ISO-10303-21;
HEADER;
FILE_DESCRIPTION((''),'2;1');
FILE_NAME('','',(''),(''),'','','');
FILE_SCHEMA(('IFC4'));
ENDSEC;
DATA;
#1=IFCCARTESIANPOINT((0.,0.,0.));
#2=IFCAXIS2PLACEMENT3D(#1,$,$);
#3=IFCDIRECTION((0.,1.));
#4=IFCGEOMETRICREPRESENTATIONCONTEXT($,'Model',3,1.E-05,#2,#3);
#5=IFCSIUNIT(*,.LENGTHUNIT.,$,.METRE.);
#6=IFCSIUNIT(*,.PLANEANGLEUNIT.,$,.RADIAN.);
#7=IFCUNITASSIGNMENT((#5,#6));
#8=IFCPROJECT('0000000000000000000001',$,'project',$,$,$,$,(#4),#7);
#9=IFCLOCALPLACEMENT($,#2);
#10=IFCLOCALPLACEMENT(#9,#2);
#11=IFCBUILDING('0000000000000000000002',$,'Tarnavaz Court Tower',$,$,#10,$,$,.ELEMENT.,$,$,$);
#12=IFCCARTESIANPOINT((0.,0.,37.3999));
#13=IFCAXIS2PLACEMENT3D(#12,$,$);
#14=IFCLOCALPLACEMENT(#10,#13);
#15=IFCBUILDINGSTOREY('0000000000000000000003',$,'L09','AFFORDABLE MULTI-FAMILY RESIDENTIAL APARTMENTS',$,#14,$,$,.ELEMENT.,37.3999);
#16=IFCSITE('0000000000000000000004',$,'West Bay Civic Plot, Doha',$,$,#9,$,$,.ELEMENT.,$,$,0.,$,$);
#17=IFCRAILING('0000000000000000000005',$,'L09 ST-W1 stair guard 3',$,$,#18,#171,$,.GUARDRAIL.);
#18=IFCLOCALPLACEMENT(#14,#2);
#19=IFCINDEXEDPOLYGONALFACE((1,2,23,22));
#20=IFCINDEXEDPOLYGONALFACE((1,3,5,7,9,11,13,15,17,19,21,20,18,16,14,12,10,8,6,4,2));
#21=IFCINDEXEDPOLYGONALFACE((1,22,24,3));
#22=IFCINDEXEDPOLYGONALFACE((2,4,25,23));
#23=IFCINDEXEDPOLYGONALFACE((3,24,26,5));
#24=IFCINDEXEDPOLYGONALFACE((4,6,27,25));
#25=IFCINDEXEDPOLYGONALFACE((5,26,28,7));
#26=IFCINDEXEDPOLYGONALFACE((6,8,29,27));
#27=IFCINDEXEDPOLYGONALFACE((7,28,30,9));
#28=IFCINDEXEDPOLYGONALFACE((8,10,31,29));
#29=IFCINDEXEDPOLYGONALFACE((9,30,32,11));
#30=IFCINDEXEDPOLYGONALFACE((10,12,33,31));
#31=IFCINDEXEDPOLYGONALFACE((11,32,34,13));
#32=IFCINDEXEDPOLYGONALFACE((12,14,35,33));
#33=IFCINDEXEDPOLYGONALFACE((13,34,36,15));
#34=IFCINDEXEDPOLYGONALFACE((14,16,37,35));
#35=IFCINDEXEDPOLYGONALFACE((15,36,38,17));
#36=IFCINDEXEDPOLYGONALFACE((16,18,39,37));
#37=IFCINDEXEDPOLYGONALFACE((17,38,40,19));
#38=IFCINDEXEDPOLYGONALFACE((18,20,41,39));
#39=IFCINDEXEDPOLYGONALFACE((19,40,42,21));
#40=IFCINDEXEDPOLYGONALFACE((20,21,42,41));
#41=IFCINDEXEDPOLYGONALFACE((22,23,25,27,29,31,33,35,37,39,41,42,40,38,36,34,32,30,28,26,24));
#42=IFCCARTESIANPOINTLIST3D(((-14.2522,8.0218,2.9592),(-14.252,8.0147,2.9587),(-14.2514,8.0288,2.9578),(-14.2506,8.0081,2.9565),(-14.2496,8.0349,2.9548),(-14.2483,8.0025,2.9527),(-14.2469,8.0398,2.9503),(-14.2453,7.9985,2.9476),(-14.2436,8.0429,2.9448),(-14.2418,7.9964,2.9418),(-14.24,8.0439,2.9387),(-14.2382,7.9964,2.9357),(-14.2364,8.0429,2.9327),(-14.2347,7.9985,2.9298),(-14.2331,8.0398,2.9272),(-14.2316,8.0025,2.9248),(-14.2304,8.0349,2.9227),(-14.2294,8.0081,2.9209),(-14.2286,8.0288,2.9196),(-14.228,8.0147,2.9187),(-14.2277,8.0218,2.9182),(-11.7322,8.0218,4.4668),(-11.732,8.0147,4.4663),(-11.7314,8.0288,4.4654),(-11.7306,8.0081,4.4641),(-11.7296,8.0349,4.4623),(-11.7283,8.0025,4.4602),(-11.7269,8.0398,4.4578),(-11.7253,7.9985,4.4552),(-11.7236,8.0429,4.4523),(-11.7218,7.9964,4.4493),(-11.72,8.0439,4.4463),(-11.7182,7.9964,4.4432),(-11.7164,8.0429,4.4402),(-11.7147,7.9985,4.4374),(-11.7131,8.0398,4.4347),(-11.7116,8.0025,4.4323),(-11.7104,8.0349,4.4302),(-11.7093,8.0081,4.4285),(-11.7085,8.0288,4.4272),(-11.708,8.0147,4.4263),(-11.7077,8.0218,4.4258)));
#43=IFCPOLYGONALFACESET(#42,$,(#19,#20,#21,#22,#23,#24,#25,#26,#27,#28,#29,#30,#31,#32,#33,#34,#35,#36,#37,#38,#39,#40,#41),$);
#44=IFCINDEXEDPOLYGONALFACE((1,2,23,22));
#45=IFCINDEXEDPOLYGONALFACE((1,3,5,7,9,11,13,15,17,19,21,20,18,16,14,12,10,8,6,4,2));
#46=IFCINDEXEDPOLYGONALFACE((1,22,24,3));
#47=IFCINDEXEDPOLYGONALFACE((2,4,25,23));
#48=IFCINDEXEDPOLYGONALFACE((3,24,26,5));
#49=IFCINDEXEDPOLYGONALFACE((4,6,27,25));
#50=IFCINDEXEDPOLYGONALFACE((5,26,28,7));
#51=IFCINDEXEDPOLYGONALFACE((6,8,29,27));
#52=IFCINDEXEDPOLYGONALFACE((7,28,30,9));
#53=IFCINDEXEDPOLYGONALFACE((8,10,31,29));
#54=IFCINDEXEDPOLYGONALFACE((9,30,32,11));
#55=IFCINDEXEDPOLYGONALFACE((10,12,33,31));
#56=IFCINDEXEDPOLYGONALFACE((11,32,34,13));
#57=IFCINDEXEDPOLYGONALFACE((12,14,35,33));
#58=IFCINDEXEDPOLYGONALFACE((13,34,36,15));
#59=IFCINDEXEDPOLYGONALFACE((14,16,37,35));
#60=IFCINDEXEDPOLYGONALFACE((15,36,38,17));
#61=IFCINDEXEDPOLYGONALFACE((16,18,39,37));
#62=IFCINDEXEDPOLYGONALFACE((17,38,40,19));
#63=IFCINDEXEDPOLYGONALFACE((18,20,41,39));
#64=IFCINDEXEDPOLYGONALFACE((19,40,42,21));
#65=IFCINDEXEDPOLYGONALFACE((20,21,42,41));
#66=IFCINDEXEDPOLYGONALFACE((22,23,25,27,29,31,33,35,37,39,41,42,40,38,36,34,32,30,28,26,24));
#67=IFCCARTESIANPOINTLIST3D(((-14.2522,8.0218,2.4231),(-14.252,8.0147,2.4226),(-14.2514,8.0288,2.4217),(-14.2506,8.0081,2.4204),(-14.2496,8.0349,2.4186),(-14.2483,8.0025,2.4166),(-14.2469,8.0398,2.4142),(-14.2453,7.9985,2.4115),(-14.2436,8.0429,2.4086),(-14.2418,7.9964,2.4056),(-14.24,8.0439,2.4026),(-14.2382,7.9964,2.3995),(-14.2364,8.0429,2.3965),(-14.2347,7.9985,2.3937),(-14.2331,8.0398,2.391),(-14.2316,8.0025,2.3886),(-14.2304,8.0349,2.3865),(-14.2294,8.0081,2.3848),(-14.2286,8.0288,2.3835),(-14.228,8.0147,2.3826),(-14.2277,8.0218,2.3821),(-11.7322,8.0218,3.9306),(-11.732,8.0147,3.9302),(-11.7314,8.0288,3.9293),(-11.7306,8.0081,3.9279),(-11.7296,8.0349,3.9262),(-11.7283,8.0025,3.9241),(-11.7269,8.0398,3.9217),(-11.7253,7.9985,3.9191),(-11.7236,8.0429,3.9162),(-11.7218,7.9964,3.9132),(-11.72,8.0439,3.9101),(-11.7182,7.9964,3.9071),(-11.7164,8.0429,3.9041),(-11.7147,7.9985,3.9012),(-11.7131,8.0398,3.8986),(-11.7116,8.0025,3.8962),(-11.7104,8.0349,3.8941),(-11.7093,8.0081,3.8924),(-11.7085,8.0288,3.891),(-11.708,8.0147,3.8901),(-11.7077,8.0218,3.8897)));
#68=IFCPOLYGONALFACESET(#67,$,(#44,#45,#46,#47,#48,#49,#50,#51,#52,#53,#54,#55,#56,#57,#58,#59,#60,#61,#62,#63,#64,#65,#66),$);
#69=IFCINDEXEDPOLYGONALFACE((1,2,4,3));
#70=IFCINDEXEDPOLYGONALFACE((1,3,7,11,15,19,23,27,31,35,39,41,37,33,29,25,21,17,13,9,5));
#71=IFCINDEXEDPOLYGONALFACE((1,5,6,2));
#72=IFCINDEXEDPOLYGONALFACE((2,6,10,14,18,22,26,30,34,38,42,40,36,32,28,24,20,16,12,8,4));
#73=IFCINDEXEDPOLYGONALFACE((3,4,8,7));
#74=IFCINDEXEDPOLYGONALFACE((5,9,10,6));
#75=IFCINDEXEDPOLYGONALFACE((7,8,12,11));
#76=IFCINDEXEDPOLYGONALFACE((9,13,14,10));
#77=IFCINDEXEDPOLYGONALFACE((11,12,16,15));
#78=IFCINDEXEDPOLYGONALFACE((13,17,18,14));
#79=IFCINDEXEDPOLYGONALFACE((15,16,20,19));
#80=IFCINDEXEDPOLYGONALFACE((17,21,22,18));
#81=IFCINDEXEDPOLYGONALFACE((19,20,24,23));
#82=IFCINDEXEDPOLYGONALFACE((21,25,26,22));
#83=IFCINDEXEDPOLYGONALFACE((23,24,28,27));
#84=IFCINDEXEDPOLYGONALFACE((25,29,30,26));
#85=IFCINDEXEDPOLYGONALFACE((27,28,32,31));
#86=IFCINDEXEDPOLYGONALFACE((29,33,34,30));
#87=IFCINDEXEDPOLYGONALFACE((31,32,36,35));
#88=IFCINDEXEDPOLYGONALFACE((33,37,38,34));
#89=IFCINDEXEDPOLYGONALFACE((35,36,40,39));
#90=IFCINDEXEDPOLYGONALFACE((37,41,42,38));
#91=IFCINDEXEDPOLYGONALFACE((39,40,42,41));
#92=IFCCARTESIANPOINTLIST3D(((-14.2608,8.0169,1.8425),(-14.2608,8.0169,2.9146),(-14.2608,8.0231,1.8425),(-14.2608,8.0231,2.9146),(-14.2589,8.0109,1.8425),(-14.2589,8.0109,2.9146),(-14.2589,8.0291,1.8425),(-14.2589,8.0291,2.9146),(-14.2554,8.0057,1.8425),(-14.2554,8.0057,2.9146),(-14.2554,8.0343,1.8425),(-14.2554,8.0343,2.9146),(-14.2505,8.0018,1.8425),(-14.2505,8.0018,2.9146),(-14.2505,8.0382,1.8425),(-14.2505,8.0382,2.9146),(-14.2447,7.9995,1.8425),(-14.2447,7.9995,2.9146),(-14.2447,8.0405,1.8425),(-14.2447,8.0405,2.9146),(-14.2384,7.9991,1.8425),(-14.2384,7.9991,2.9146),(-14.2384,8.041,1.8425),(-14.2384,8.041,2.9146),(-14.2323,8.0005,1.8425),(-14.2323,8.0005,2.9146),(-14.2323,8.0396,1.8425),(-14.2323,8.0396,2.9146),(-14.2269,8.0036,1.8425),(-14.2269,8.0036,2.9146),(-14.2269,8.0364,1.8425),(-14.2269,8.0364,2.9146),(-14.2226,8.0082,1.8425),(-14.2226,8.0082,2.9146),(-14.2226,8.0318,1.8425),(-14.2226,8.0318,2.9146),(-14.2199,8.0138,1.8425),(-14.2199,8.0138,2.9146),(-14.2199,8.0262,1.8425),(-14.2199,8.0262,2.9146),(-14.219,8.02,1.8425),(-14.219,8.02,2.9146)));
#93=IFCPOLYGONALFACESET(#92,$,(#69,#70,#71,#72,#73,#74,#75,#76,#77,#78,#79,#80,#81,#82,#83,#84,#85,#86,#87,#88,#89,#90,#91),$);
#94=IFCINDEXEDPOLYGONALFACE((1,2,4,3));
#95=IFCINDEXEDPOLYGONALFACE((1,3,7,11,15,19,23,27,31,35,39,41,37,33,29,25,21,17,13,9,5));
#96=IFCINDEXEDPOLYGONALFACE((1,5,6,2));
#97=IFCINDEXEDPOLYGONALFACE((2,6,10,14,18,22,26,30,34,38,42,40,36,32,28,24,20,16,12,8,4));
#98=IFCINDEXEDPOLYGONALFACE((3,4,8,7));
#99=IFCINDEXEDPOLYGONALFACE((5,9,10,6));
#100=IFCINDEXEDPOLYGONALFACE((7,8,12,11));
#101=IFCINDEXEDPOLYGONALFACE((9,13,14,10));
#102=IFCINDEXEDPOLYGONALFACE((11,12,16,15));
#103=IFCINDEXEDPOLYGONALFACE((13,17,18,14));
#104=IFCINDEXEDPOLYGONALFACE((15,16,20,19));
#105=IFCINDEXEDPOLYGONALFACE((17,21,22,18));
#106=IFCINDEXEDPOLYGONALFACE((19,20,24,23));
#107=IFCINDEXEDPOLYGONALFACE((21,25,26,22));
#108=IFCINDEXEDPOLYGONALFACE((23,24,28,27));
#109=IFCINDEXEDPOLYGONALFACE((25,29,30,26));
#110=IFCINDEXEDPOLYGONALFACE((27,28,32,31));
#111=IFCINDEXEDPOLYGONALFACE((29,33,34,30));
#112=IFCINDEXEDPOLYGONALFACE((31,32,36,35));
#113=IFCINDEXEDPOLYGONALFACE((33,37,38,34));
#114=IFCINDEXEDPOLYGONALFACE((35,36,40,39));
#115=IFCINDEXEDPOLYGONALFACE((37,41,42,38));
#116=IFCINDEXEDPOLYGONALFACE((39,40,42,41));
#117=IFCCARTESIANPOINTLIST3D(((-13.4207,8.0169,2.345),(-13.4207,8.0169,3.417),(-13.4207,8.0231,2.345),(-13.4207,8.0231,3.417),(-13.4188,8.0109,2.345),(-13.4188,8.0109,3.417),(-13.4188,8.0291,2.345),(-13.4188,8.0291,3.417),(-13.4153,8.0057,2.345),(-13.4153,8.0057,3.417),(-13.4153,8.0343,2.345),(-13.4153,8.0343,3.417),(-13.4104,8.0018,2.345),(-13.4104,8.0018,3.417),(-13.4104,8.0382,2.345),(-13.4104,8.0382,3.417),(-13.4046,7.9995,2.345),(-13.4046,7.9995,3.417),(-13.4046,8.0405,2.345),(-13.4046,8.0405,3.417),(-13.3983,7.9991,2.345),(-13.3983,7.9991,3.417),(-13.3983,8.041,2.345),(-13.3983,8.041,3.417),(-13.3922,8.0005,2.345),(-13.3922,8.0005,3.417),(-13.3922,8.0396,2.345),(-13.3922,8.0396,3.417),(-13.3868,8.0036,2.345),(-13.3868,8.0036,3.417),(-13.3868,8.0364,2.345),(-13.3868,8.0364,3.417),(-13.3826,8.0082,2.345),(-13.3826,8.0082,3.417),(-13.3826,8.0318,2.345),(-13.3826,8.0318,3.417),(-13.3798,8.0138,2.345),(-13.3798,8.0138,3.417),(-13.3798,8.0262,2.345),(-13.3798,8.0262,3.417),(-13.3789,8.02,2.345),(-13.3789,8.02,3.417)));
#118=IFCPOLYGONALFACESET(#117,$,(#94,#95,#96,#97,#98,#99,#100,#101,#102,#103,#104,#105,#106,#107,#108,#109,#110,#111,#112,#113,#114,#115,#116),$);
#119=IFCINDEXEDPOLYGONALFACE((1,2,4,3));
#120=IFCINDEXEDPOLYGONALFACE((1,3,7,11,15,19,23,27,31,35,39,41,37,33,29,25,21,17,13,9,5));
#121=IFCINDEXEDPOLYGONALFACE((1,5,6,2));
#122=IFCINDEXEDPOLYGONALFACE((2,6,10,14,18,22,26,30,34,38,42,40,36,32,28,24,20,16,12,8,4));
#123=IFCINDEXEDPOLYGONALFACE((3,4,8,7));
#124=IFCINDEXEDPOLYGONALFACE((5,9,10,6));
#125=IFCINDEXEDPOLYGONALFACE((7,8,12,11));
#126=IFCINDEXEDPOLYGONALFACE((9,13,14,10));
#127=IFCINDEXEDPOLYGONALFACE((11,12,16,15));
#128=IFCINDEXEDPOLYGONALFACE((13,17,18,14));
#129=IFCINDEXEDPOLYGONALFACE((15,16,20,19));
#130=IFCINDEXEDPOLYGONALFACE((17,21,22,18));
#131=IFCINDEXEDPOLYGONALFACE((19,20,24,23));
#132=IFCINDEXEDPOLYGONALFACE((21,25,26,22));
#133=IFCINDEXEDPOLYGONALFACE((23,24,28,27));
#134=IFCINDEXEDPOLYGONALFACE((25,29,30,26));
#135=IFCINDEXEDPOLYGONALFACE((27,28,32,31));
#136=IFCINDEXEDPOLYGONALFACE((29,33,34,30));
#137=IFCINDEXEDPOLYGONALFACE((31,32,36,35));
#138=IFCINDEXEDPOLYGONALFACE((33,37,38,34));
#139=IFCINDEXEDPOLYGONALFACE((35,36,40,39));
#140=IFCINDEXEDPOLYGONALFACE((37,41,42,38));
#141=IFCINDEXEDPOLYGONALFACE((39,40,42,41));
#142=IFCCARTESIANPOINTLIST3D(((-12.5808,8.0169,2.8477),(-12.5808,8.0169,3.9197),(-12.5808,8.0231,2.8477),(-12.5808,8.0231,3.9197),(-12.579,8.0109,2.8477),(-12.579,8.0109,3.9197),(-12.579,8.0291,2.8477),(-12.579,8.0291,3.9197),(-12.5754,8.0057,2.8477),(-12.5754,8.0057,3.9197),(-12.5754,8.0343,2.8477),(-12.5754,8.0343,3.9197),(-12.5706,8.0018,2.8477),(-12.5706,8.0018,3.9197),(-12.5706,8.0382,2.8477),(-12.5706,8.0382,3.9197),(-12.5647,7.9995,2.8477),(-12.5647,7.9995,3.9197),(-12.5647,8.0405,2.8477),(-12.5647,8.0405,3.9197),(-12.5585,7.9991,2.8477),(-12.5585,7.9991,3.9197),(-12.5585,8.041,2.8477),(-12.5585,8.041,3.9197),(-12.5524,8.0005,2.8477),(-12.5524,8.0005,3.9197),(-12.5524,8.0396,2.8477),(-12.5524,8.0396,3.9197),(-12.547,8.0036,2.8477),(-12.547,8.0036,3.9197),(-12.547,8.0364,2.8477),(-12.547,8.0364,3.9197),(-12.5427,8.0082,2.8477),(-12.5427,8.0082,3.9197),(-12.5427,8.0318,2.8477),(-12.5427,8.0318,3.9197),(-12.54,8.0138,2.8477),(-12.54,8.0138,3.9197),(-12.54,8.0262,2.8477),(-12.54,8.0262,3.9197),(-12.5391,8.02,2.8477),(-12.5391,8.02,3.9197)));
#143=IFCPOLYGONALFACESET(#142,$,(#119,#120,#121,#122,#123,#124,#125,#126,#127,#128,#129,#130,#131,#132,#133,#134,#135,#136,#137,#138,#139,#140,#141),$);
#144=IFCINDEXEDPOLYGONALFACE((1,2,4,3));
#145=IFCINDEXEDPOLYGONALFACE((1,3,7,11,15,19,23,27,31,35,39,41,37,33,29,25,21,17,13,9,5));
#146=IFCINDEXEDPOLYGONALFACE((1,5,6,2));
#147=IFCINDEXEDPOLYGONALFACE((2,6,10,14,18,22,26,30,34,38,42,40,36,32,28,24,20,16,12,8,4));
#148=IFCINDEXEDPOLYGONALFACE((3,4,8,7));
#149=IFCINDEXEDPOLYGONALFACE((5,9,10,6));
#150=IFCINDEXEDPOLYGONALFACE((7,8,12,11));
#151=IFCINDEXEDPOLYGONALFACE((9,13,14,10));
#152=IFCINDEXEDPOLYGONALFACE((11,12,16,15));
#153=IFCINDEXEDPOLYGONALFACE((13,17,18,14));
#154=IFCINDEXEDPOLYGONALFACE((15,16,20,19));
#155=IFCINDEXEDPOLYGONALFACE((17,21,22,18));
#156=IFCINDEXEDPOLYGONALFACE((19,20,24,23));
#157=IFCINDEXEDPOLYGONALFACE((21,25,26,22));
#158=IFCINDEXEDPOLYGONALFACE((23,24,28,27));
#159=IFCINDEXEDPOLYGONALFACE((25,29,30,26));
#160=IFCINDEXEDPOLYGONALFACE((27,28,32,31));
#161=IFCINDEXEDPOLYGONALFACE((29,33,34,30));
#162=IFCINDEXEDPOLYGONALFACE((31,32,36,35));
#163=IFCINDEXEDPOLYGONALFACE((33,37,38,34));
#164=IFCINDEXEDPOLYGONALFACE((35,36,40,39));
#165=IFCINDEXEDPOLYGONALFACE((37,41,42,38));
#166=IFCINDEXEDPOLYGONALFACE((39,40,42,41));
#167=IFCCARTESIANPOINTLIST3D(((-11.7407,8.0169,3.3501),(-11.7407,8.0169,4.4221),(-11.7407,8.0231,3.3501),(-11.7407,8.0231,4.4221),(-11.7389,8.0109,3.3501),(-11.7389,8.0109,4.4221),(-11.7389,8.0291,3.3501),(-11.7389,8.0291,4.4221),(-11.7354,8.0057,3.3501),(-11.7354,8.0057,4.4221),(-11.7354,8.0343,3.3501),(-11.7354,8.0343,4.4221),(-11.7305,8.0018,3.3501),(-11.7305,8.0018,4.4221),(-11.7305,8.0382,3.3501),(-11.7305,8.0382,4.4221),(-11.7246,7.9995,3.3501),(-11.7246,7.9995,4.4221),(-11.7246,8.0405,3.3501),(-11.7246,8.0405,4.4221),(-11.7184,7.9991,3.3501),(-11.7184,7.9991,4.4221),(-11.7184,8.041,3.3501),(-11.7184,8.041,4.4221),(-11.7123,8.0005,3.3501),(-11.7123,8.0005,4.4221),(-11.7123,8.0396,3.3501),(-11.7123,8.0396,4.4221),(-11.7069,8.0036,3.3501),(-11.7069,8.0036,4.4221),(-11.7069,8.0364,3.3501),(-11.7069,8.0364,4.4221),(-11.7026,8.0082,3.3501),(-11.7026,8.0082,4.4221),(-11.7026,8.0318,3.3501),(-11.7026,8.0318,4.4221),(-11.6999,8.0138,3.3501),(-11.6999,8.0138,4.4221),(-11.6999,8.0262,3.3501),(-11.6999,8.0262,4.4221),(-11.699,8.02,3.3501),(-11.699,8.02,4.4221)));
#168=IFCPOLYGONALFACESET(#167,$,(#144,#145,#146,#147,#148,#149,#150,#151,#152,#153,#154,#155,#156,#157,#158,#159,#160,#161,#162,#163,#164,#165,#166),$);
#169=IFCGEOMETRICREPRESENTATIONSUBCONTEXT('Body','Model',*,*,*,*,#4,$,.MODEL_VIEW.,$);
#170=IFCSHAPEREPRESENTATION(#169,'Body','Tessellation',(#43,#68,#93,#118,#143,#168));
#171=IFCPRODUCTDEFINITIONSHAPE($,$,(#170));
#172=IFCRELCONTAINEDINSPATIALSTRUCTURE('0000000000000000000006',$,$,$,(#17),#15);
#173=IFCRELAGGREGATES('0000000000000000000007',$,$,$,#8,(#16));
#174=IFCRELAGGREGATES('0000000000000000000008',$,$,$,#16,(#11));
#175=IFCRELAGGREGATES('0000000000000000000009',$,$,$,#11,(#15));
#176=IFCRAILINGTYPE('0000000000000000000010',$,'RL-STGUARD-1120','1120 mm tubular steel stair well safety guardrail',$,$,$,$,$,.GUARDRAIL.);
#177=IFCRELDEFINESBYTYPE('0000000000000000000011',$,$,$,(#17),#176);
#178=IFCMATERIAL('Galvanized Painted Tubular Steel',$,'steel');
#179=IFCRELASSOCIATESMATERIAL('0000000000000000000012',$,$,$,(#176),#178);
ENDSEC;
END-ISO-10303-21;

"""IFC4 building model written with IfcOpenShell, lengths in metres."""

from ifc_helpers import new_model, si_unit, direction, frame, origin, origin_2d, place, context, subcontext, project, spatial, circle, extrude, material, type_object, element, save


model = new_model("IFC4")

# Units and contexts
model_context = context("Model", 3, precision=1e-05, world=origin(), true_north=direction((0.0, 1.0)))
body_context = subcontext(model_context, "Body", "Model", "MODEL_VIEW")
ifc_project = project(units=[si_unit("LENGTHUNIT", "METRE"), si_unit("PLANEANGLEUNIT", "RADIAN")], contexts=[model_context])

# Site, building, storey
site_placement = place(None, origin())
site = spatial("IfcSite", under=ifc_project, at=site_placement, Name="West Bay Civic Plot, Doha", CompositionType="ELEMENT", RefElevation=0.0)
building_placement = place(site_placement, origin())
building = spatial("IfcBuilding", under=site, at=building_placement, Name="Tarnavaz Court Tower", CompositionType="ELEMENT")
storey_placement = place(building_placement, frame((0.0, 0.0, 37.3999)))
storey = spatial("IfcBuildingStorey", under=building, at=storey_placement, Name="L09", Description="AFFORDABLE MULTI-FAMILY RESIDENTIAL APARTMENTS", CompositionType="ELEMENT", Elevation=37.3999)

# Railing
ifc_material_1 = material(Name="Galvanized Painted Tubular Steel", Category="steel")
railing_type_1 = type_object("IfcRailingType", Name="RL-STGUARD-1120", Description="1120 mm tubular steel stair well safety guardrail", PredefinedType="GUARDRAIL", material=ifc_material_1)
railing_1_placement = place(storey_placement, frame((-14.24, 8.02, 1.8425)))
element("IfcRailing", 1, at=railing_1_placement, inside=storey, type_object=railing_type_1, Name="L09 ST-W1 stair guard 3", PredefinedType="GUARDRAIL", context=body_context, shape_type="SweptSolid", body=[
    extrude(circle(Radius=0.0239, at=origin_2d()), frame((0.0, 0.0, 1.0962), z_axis=(0.85816, 0.0, 0.513383), x_axis=(0.0, 1.0, 0.0)), (0.0, 0.0, 1.0), 2.9365),
    extrude(circle(Radius=0.0239, at=origin_2d()), frame((0.0, 0.0, 0.5601), z_axis=(0.85816, 0.0, 0.513383), x_axis=(0.0, 1.0, 0.0)), (0.0, 0.0, 1.0), 2.9365),
    extrude(circle(Radius=0.021, at=origin_2d()), origin(), (0.0, 0.0, 1.0), 1.072),
    extrude(circle(Radius=0.021, at=origin_2d()), frame((0.8401, 0.0, 0.5024)), (0.0, 0.0, 1.0), 1.072),
    extrude(circle(Radius=0.021, at=origin_2d()), frame((1.6799, 0.0, 1.0051)), (0.0, 0.0, 1.0), 1.072),
    extrude(circle(Radius=0.021, at=origin_2d()), frame((2.52, 0.0, 1.5076)), (0.0, 0.0, 1.0), 1.072),
])

save(model, "model.ifc")
